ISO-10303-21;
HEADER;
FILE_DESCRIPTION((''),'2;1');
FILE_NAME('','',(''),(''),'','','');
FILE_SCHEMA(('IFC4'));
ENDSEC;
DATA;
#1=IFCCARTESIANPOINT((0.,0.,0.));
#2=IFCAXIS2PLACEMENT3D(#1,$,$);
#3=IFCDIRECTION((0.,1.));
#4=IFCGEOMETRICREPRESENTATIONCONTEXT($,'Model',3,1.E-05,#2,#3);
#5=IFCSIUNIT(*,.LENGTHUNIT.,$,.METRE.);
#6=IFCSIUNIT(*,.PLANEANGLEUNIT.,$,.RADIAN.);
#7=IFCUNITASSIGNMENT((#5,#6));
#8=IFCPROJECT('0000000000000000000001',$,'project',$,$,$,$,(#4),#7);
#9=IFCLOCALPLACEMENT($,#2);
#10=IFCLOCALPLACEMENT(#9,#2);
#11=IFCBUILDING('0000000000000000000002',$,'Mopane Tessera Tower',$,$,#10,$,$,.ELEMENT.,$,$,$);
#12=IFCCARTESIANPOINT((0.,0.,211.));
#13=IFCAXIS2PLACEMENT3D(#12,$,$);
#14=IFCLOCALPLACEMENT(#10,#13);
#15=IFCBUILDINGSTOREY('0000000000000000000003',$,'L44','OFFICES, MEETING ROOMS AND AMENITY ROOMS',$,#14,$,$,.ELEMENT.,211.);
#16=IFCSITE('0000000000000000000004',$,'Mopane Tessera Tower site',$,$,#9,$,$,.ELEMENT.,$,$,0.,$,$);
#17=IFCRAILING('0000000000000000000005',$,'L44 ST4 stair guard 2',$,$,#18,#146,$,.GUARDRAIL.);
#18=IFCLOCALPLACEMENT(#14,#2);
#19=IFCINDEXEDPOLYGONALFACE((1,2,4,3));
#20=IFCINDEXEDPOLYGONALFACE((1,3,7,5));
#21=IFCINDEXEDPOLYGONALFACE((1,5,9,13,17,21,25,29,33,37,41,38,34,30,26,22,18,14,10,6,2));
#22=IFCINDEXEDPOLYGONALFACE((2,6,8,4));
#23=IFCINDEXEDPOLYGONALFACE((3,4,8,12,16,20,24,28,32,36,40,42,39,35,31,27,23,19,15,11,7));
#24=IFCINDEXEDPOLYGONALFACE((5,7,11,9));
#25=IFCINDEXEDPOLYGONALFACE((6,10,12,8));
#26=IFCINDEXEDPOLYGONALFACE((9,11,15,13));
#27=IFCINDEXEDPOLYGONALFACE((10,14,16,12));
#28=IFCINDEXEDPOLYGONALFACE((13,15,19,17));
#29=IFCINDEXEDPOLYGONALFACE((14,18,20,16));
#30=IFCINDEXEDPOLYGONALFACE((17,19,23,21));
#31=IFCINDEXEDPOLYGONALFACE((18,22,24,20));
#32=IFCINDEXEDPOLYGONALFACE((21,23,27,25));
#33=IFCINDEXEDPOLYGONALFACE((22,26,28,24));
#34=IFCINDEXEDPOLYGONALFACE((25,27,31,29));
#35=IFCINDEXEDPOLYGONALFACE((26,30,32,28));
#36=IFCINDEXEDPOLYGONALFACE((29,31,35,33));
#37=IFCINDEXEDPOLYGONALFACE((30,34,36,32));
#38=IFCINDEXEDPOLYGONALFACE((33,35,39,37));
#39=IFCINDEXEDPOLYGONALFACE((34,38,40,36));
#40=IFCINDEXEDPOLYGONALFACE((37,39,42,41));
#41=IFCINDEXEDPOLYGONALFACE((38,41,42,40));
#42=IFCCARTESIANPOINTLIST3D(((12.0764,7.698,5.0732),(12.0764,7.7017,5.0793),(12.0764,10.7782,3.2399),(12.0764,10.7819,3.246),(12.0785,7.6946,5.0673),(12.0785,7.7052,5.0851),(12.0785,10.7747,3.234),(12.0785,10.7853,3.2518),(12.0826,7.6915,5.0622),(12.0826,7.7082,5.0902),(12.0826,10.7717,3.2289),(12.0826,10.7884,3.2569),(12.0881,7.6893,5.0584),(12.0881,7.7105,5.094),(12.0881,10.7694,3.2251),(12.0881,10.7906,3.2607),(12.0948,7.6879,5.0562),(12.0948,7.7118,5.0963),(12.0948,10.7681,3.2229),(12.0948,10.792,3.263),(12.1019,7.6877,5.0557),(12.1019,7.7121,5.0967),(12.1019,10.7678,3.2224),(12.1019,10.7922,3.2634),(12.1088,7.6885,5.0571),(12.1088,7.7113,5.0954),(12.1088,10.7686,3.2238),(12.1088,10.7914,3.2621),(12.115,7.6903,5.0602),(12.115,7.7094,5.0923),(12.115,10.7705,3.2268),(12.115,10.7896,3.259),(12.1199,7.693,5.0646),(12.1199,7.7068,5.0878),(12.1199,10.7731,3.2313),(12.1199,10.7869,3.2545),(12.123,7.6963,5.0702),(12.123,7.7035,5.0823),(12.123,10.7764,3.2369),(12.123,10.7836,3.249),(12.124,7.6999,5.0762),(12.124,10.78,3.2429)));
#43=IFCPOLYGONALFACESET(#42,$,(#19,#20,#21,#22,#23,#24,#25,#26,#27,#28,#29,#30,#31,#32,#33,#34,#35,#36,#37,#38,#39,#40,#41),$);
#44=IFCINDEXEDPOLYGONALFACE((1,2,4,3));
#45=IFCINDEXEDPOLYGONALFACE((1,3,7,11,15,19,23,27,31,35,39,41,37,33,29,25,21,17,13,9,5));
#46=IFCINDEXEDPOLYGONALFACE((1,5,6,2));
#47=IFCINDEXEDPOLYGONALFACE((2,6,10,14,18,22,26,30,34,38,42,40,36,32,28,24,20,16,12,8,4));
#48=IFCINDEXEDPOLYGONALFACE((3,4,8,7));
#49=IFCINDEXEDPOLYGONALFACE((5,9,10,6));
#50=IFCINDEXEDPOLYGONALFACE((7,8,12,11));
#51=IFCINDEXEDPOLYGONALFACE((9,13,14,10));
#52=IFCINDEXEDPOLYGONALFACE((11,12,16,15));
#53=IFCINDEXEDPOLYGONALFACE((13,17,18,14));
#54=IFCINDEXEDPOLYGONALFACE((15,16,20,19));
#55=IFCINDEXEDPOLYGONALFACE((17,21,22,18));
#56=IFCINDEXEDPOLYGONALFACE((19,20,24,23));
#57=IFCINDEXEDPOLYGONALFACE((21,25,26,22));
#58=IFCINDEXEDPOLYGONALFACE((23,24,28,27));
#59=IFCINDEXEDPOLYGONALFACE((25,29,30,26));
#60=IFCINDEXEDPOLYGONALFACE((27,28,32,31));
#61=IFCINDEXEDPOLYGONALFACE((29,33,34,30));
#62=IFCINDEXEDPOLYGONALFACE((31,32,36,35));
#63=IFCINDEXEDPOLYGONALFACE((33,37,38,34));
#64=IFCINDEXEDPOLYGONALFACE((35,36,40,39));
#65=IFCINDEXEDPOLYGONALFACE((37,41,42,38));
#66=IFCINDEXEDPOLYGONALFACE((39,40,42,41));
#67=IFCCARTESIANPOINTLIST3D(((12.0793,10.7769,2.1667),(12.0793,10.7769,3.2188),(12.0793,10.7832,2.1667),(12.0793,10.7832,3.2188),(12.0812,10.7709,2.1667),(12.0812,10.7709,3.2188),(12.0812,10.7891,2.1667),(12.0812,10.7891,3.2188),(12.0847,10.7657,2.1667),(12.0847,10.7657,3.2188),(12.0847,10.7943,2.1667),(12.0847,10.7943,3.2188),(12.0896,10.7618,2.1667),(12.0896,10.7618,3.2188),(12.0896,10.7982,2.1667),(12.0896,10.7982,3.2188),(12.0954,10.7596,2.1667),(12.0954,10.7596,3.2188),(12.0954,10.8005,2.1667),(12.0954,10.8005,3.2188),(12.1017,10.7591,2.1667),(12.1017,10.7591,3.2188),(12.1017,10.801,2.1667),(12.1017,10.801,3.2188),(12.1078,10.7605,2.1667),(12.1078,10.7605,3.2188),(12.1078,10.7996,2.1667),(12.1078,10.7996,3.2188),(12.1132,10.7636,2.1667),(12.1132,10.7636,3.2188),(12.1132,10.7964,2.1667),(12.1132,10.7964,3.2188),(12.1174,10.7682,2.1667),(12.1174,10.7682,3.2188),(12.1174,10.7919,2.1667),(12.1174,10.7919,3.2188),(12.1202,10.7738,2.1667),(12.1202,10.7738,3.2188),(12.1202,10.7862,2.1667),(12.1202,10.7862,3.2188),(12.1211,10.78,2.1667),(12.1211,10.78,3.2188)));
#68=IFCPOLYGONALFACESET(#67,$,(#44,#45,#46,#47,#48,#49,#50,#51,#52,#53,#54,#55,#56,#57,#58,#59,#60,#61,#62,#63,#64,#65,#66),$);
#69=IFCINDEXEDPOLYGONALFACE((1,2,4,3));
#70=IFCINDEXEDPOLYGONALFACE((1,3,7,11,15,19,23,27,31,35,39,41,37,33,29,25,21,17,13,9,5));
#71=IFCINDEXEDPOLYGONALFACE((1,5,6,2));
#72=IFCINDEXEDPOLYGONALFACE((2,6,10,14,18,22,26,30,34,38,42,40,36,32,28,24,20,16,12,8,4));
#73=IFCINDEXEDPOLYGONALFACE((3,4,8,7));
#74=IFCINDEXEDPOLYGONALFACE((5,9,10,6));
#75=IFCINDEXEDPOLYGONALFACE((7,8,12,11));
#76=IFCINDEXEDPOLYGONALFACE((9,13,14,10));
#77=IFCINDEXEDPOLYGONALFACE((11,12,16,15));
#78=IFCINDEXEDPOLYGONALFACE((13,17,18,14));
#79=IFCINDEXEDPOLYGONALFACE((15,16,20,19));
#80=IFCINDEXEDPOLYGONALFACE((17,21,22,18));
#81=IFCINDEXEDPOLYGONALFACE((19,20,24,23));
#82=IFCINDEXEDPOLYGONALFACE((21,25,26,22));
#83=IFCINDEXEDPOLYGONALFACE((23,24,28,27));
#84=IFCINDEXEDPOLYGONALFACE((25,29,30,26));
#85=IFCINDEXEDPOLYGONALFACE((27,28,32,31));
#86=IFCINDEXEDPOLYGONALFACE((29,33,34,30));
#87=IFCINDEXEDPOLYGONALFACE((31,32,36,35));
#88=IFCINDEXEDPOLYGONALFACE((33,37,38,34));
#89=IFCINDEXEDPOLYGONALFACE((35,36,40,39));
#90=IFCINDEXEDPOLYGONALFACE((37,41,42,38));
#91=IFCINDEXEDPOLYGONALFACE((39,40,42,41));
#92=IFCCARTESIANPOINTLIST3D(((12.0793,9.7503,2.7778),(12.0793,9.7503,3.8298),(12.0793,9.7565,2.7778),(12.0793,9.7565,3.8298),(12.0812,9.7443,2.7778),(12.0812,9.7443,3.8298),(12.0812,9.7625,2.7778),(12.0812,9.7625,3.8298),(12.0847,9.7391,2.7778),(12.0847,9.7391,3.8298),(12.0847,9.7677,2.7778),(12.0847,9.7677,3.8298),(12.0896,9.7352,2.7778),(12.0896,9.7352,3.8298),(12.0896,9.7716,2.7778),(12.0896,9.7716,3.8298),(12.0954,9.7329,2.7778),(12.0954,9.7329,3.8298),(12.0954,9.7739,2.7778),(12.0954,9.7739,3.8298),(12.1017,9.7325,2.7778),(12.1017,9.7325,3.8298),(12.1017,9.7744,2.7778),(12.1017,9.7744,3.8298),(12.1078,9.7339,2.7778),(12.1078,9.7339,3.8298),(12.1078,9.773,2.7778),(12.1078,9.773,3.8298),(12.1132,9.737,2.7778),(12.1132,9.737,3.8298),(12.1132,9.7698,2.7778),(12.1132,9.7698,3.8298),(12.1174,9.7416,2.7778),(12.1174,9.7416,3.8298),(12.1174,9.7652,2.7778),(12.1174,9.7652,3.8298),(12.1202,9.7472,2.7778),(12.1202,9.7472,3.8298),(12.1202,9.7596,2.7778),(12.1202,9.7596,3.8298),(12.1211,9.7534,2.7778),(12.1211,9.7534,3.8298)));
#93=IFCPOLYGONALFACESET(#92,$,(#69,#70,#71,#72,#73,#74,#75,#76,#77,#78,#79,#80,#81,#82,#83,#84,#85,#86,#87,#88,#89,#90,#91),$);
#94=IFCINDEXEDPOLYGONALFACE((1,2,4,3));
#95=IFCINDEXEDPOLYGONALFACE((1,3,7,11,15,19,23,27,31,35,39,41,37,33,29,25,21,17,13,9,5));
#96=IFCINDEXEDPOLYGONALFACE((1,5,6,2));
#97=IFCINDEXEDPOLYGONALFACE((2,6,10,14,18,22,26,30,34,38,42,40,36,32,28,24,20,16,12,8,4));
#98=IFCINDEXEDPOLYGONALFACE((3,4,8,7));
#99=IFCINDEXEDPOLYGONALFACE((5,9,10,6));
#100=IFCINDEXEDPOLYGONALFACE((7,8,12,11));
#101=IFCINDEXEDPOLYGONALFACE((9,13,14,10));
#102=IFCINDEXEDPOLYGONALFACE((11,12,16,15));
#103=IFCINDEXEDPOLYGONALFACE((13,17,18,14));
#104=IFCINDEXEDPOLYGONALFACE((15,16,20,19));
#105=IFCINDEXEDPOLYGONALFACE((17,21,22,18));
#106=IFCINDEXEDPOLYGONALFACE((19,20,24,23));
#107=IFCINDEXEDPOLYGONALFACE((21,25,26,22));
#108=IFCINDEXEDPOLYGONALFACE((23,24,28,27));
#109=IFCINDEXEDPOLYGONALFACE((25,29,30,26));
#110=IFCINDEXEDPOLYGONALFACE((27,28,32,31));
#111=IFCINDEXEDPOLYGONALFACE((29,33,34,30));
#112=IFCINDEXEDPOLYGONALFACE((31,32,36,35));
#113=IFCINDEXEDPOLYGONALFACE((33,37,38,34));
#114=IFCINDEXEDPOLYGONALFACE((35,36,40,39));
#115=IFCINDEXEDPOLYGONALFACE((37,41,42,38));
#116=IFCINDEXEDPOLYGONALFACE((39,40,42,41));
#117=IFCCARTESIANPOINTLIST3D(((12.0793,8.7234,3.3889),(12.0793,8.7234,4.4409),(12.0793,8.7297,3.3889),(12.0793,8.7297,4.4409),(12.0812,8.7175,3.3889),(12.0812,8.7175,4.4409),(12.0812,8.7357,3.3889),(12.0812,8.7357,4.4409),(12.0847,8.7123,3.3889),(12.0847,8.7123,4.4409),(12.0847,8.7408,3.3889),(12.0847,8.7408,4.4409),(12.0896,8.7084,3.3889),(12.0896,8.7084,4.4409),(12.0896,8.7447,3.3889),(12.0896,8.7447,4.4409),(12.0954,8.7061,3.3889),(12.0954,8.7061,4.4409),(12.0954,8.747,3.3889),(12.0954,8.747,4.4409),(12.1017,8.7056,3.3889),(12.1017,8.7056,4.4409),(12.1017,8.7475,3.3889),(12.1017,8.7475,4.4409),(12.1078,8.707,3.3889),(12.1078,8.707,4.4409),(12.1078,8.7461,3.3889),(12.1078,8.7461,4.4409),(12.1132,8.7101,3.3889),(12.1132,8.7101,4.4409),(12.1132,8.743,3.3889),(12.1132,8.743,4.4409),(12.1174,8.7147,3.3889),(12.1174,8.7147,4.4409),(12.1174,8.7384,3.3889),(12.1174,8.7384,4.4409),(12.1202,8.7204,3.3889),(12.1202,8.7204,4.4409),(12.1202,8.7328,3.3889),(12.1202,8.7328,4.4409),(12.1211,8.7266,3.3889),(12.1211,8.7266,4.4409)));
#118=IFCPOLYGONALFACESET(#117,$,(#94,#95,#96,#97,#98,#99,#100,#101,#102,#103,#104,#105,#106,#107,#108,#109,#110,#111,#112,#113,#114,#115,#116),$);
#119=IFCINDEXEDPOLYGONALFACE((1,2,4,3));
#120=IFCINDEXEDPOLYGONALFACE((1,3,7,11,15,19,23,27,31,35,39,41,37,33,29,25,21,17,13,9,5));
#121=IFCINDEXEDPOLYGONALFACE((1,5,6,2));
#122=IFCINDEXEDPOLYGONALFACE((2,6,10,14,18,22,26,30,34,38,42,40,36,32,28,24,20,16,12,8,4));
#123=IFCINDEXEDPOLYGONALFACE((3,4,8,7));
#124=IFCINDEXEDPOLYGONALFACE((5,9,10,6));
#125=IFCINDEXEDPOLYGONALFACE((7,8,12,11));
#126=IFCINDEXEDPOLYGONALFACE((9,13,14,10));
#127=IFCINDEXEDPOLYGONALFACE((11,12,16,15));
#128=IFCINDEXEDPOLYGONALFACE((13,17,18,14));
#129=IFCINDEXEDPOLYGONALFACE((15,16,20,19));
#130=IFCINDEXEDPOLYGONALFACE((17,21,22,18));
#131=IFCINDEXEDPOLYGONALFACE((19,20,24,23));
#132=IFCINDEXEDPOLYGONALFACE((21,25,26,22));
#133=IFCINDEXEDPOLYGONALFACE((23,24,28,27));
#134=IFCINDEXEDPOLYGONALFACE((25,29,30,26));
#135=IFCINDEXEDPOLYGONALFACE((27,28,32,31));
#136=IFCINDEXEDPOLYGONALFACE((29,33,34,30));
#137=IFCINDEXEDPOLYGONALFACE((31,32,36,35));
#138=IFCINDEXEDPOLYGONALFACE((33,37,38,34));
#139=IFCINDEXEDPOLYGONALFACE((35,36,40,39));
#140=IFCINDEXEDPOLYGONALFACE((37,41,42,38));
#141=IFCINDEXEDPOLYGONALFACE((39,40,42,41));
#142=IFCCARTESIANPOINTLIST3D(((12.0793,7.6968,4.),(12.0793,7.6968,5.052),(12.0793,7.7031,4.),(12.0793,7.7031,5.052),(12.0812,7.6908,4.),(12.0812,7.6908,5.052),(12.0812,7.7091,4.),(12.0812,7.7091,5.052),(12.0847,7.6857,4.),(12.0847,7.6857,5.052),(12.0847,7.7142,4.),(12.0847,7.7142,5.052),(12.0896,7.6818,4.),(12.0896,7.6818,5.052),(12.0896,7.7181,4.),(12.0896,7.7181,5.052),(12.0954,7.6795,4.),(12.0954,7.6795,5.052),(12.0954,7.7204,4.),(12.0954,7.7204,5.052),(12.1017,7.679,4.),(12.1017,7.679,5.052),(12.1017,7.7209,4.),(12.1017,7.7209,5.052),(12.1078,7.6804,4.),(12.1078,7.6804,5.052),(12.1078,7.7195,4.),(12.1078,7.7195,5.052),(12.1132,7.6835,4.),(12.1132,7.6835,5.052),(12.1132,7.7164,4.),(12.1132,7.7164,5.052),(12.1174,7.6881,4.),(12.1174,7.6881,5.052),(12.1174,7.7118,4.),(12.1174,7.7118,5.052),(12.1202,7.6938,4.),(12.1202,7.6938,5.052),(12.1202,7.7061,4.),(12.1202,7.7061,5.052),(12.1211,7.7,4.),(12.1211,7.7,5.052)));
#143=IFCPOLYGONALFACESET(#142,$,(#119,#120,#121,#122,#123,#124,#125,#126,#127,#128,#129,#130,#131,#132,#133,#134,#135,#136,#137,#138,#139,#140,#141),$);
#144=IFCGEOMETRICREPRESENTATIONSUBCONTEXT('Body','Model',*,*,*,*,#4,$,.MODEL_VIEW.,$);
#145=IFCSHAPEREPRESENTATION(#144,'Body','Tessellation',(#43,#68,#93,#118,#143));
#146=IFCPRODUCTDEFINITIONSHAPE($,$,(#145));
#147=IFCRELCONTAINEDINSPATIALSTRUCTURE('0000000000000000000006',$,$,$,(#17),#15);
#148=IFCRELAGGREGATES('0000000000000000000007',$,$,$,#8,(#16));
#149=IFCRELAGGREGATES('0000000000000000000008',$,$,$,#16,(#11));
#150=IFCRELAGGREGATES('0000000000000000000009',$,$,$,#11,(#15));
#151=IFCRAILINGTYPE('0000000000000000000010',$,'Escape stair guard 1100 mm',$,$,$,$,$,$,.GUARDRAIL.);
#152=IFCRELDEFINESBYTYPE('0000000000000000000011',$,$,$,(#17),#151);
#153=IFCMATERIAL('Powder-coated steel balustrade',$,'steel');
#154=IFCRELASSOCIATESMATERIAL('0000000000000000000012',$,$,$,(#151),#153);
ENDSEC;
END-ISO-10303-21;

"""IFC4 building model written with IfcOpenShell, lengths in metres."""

from ifc_helpers import new_model, si_unit, direction, frame, origin, origin_2d, place, context, subcontext, project, spatial, circle, extrude, material, type_object, element, save


model = new_model("IFC4")

# Units and contexts
model_context = context("Model", 3, precision=1e-05, world=origin(), true_north=direction((0.0, 1.0)))
body_context = subcontext(model_context, "Body", "Model", "MODEL_VIEW")
ifc_project = project(units=[si_unit("LENGTHUNIT", "METRE"), si_unit("PLANEANGLEUNIT", "RADIAN")], contexts=[model_context])

# Site, building, storey
site_placement = place(None, origin())
site = spatial("IfcSite", under=ifc_project, at=site_placement, Name="Mopane Tessera Tower site", CompositionType="ELEMENT", RefElevation=0.0)
building_placement = place(site_placement, origin())
building = spatial("IfcBuilding", under=site, at=building_placement, Name="Mopane Tessera Tower", CompositionType="ELEMENT")
storey_placement = place(building_placement, frame((0.0, 0.0, 211.0)))
storey = spatial("IfcBuildingStorey", under=building, at=storey_placement, Name="L44", Description="OFFICES, MEETING ROOMS AND AMENITY ROOMS", CompositionType="ELEMENT", Elevation=211.0)

# Railing
ifc_material_1 = material(Name="Powder-coated steel balustrade", Category="steel")
railing_type_1 = type_object("IfcRailingType", Name="Escape stair guard 1100 mm", PredefinedType="GUARDRAIL", material=ifc_material_1)
railing_1_placement = place(storey_placement, frame((12.1001, 10.78, 2.1667)))
element("IfcRailing", 1, at=railing_1_placement, inside=storey, type_object=railing_type_1, Name="L44 ST4 stair guard 2", PredefinedType="GUARDRAIL", context=body_context, shape_type="SweptSolid", body=[
    extrude(circle(Radius=0.0239, at=origin_2d()), frame((0.0, 0.0, 1.0762), z_axis=(0.0, -0.859309, 0.511458), x_axis=(1.0, 0.0, 0.0)), (0.0, 0.0, 1.0), 3.5845),
    extrude(circle(Radius=0.021, at=origin_2d()), origin(), (0.0, 0.0, 1.0), 1.052),
    extrude(circle(Radius=0.021, at=origin_2d()), frame((0.0, -1.0266, 0.6111)), (0.0, 0.0, 1.0), 1.052),
    extrude(circle(Radius=0.021, at=origin_2d()), frame((0.0, -2.0535, 1.2222)), (0.0, 0.0, 1.0), 1.052),
    extrude(circle(Radius=0.021, at=origin_2d()), frame((0.0, -3.0801, 1.8333)), (0.0, 0.0, 1.0), 1.052),
])

save(model, "model.ifc")
